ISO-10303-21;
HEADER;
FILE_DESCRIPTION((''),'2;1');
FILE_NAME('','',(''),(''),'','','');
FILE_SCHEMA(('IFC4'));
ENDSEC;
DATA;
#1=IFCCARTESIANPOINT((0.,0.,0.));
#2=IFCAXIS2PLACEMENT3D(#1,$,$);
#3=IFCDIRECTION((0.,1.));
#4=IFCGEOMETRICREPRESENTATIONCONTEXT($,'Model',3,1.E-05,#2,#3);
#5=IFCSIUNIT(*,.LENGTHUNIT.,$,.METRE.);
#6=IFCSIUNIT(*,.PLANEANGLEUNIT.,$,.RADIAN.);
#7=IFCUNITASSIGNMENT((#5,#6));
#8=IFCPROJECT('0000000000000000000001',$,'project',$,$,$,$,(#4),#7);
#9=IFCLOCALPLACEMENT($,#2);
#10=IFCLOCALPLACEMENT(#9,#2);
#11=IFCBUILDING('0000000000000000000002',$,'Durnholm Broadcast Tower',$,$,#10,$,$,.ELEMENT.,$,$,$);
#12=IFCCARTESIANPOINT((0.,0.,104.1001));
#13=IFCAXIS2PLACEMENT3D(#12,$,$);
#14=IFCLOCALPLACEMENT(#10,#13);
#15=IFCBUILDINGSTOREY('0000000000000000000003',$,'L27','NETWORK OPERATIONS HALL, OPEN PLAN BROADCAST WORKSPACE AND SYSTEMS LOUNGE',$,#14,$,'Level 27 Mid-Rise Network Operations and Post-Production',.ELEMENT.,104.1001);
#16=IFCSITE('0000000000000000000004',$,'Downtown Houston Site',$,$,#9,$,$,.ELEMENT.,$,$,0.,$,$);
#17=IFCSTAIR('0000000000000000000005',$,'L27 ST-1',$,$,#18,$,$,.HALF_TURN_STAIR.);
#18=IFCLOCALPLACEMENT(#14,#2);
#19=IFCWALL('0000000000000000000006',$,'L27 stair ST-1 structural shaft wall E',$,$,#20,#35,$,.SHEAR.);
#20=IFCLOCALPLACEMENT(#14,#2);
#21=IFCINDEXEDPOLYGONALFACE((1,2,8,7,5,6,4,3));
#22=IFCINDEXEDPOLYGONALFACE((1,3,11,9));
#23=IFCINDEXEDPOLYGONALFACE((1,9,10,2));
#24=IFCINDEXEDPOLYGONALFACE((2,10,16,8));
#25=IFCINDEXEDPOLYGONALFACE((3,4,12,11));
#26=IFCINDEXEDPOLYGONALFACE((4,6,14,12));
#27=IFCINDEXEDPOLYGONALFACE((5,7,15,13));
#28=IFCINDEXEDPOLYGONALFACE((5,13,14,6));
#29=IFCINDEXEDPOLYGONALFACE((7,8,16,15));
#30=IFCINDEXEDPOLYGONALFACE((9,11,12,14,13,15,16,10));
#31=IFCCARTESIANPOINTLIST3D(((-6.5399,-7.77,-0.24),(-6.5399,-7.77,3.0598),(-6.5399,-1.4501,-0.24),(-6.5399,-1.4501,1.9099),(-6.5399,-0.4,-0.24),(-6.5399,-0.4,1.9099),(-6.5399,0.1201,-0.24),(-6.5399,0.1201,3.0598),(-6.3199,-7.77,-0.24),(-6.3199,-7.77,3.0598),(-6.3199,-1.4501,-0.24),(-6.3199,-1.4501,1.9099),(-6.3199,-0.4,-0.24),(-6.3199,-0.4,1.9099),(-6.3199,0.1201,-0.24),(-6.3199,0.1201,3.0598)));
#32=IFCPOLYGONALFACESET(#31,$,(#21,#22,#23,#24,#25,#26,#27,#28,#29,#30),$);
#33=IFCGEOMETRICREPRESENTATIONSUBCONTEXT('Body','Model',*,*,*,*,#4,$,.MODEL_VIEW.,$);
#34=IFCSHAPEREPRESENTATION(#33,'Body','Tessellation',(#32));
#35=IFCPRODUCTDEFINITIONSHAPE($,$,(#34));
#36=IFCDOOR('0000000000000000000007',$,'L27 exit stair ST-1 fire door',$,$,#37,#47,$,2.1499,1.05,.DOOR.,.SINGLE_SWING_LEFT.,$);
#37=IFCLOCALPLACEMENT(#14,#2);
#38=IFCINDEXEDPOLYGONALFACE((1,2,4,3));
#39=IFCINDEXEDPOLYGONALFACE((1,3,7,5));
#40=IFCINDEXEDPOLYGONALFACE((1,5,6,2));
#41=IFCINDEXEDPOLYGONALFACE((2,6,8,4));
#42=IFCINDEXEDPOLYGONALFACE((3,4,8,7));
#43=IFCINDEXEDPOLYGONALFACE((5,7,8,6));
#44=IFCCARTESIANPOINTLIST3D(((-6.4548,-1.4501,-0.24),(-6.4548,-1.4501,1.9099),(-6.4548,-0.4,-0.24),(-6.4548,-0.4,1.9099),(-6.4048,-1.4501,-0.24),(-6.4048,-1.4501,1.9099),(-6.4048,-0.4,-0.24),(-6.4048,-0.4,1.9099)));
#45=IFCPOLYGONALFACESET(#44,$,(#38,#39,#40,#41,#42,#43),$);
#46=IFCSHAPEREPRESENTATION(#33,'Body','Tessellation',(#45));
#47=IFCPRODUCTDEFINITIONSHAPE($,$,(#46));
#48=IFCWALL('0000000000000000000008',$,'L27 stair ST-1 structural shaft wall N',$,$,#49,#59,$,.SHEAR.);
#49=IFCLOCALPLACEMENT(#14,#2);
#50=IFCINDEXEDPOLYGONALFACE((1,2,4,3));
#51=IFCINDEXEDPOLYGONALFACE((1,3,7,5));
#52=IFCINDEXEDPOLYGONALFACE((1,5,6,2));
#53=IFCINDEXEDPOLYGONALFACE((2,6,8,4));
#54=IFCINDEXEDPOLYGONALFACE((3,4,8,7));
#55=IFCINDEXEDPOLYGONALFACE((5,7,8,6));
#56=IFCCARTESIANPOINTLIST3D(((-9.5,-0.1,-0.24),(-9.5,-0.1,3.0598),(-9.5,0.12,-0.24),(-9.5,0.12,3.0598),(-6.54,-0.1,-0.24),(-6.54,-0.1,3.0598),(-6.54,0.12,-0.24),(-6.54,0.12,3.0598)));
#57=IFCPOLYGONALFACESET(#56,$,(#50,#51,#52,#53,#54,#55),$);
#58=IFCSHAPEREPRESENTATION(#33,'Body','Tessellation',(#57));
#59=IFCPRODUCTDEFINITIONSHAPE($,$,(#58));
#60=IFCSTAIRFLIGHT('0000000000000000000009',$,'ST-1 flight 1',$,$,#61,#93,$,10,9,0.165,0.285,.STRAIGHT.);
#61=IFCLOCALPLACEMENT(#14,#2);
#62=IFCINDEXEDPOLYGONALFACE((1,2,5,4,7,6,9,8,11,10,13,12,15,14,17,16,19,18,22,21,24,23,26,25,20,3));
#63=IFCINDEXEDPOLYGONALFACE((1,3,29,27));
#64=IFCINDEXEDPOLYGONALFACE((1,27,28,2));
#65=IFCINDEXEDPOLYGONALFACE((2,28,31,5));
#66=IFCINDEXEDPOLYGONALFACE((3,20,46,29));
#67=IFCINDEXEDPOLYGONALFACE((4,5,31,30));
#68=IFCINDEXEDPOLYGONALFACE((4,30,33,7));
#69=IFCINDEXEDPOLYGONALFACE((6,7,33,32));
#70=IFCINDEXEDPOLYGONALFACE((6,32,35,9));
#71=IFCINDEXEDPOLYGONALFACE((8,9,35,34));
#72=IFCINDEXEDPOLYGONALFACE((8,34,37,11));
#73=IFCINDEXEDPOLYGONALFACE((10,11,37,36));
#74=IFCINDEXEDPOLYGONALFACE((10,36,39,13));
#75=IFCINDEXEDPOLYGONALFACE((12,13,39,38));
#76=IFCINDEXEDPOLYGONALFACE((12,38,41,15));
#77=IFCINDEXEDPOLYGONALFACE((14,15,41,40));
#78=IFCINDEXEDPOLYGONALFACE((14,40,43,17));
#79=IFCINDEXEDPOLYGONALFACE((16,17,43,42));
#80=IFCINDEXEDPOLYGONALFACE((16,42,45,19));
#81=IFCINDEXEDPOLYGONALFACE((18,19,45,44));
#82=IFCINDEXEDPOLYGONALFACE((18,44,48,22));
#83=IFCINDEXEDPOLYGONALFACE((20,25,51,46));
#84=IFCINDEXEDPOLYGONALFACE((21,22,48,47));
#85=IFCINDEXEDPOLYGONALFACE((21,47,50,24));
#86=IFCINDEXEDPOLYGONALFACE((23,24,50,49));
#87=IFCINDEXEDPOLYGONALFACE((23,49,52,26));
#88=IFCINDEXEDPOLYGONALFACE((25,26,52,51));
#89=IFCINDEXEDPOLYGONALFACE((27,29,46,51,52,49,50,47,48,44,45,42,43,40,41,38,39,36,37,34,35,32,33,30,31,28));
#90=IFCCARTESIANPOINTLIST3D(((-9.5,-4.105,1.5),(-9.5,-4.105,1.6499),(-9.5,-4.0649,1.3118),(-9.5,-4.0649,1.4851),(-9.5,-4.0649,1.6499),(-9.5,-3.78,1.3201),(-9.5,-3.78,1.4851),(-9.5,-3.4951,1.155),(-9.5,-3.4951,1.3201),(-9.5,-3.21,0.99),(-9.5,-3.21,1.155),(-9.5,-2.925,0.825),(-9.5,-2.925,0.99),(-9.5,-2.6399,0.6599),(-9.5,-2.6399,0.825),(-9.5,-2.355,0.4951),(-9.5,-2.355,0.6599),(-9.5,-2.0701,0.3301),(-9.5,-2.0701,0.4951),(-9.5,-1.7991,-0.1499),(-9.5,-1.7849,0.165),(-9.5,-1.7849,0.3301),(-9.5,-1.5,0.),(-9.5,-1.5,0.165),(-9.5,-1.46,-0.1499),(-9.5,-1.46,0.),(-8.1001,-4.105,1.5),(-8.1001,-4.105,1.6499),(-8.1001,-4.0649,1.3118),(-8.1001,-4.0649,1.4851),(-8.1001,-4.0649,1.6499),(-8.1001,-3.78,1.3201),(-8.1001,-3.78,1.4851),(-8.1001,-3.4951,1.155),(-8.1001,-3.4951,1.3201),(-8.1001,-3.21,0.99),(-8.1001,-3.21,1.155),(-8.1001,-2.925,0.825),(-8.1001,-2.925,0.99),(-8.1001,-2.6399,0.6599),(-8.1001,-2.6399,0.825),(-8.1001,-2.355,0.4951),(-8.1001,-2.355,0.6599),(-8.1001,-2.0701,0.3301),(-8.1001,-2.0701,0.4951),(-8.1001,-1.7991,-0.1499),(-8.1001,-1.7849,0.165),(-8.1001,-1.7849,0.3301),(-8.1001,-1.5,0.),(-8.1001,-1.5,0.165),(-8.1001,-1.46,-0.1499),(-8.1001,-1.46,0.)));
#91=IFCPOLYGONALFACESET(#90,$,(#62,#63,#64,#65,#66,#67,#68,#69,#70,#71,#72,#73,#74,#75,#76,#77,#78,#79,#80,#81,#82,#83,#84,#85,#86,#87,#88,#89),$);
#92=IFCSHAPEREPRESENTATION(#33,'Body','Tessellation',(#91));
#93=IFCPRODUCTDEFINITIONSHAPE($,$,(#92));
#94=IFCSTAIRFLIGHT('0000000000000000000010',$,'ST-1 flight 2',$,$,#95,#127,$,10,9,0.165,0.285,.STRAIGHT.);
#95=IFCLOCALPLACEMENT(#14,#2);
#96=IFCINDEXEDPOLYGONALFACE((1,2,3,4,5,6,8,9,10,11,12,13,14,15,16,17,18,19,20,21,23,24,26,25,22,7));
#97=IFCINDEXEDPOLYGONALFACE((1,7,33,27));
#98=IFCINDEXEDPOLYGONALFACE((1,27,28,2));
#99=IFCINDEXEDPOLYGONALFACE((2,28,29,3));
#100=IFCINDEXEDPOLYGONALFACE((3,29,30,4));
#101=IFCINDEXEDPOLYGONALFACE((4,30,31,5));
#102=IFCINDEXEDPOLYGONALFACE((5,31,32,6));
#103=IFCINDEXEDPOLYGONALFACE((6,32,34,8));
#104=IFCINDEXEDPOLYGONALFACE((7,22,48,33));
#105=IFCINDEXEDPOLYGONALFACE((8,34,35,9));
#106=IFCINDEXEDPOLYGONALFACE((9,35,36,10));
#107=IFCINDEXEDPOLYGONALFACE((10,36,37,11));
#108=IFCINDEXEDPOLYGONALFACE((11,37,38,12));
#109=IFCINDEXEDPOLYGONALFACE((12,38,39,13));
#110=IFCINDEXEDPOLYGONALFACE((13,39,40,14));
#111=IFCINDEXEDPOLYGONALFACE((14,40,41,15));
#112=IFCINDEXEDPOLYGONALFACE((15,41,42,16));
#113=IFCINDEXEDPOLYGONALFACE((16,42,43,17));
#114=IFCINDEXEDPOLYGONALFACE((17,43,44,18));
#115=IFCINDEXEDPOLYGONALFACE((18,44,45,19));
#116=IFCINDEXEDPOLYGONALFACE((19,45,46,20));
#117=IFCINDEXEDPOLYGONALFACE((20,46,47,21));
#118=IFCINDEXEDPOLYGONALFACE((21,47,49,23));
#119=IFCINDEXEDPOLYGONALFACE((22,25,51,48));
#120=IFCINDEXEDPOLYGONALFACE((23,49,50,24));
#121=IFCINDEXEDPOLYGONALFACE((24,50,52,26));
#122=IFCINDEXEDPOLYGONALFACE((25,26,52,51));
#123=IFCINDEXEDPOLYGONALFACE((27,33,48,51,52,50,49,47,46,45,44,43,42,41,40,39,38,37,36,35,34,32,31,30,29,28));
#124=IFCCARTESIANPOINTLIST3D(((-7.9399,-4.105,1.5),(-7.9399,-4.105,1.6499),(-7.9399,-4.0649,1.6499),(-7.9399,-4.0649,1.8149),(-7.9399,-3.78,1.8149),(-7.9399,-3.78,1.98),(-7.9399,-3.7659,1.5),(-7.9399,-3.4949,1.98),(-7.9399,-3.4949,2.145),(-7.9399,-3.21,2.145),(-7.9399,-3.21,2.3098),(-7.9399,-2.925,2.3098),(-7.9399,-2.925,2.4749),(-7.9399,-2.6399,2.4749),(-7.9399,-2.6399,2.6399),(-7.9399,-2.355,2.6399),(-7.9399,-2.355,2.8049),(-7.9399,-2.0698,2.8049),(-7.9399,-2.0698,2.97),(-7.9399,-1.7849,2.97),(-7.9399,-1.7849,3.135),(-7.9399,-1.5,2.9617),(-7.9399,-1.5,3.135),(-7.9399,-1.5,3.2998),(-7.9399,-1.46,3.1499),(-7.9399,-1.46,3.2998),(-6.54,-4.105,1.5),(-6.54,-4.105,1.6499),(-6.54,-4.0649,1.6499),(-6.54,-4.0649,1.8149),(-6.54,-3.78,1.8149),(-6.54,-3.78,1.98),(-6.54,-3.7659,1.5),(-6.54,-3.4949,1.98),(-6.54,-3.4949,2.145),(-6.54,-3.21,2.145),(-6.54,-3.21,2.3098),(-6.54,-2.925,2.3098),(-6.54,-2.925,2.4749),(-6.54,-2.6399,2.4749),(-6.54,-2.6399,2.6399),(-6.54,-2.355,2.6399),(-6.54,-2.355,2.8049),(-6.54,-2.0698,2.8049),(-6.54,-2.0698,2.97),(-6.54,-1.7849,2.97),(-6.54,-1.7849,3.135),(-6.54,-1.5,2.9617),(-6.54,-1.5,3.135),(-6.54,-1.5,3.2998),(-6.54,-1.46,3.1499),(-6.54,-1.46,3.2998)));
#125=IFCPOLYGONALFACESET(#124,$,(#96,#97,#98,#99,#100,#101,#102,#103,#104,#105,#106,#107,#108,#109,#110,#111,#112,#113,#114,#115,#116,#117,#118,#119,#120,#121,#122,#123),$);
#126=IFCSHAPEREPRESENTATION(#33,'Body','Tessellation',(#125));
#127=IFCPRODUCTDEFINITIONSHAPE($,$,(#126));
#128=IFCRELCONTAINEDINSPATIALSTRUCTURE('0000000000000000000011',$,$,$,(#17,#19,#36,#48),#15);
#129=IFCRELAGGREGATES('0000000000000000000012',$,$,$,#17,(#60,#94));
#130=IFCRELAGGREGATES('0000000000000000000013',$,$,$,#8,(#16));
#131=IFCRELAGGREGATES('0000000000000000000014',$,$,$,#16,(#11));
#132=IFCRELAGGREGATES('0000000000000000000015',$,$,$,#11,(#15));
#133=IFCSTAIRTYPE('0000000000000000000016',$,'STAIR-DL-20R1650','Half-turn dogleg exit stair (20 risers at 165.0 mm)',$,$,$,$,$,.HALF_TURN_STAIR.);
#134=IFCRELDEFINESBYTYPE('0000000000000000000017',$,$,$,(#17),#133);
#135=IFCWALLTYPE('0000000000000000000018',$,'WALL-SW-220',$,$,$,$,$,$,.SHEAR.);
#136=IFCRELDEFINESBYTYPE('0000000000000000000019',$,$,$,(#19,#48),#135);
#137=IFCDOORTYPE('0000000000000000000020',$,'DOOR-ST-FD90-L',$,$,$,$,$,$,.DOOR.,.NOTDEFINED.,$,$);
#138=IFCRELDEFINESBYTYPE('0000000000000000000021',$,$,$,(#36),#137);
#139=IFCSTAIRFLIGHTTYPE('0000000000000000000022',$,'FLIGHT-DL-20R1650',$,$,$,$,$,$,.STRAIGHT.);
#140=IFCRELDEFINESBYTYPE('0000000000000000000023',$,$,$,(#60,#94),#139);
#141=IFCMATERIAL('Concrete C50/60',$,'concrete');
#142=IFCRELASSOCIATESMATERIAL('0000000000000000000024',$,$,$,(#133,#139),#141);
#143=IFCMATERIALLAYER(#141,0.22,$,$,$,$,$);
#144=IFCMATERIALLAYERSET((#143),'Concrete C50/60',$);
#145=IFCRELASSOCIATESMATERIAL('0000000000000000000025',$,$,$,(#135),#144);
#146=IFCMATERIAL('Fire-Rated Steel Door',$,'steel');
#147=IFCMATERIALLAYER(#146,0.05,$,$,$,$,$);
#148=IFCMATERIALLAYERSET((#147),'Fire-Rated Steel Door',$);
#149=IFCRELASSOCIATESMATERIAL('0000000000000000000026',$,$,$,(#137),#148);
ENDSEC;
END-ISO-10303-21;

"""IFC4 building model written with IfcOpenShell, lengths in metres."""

from ifc_helpers import new_model, si_unit, direction, frame, frame_2d, origin, place, context, subcontext, project, spatial, polyline, rectangle, outline, extrude, source, transform, mapped, material, layer, layer_set, type_object, type_shapes, element, fill, aggregate, save


model = new_model("IFC4")

# Units and contexts
model_context = context("Model", 3, precision=1e-05, world=origin(), true_north=direction((0.0, 1.0)))
body_context = subcontext(model_context, "Body", "Model", "MODEL_VIEW")
ifc_project = project(units=[si_unit("LENGTHUNIT", "METRE"), si_unit("PLANEANGLEUNIT", "RADIAN")], contexts=[model_context])

# Site, building, storey
site_placement = place(None, origin())
site = spatial("IfcSite", under=ifc_project, at=site_placement, Name="Downtown Houston Site", CompositionType="ELEMENT", RefElevation=0.0)
building_placement = place(site_placement, origin())
building = spatial("IfcBuilding", under=site, at=building_placement, Name="Durnholm Broadcast Tower", CompositionType="ELEMENT")
storey_placement = place(building_placement, frame((0.0, 0.0, 104.1001)))
storey = spatial("IfcBuildingStorey", under=building, at=storey_placement, Name="L27", Description="NETWORK OPERATIONS HALL, OPEN PLAN BROADCAST WORKSPACE AND SYSTEMS LOUNGE", LongName="Level 27 Mid-Rise Network Operations and Post-Production", CompositionType="ELEMENT", Elevation=104.1001)

# Shared definitions
ifc_material_1 = material(Name="Concrete C50/60", Category="concrete")

# Stair
stair_type = type_object("IfcStairType", Name="STAIR-DL-20R1650", Description="Half-turn dogleg exit stair (20 risers at 165.0 mm)", PredefinedType="HALF_TURN_STAIR", material=ifc_material_1)
stair_1_placement = place(storey_placement, origin())
stair_1 = element("IfcStair", 1, at=stair_1_placement, inside=storey, type_object=stair_type, Name="L27 ST-1", PredefinedType="HALF_TURN_STAIR")

# Wall, opening, door
ifc_layer_1 = layer(ifc_material_1, 0.22)
ifc_layer_set_1 = layer_set([ifc_layer_1], Name="Concrete C50/60")
wall_type_1 = type_object("IfcWallType", Name="WALL-SW-220", PredefinedType="SHEAR", material=ifc_layer_set_1)
wall_1_placement = place(storey_placement, frame((-6.4299, -7.77, -0.24), z_axis=(0.0, 0.0, 1.0), x_axis=(0.0, 1.0, 0.0)))
wall_1 = element("IfcWall", 2, at=wall_1_placement, inside=storey, type_object=wall_type_1, Name="L27 stair ST-1 structural shaft wall E", PredefinedType="SHEAR", context=body_context, shape_type="SweptSolid", body=[
    extrude(rectangle(XDim=7.8901, YDim=0.22, at=frame_2d((3.9451, 0.0))), origin(), (0.0, 0.0, 1.0), 3.2998),
])
opening_1_placement = place(wall_1_placement, frame((6.3201, 0.0, 0.0)))
opening_1 = element("IfcOpeningElement", 3, at=opening_1_placement, cuts=wall_1, PredefinedType="OPENING", context=body_context, shape_type="SweptSolid", body=[
    extrude(rectangle(XDim=1.05, YDim=2.1499, at=frame_2d((0.5249, 1.075))), frame((0.0, 0.1201, 0.0), z_axis=(0.0, -1.0, 0.0), x_axis=(1.0, 0.0, 0.0)), (0.0, 0.0, 1.0), 0.24),
])
ifc_material_2 = material(Name="Fire-Rated Steel Door", Category="steel")
ifc_layer_2 = layer(ifc_material_2, 0.05)
ifc_layer_set_2 = layer_set([ifc_layer_2], Name="Fire-Rated Steel Door")
door_type_1 = type_object("IfcDoorType", Name="DOOR-ST-FD90-L", OperationType="NOTDEFINED", PredefinedType="DOOR", material=ifc_layer_set_2)
shared_shape_1 = source(origin(), body_context, "Body", "SweptSolid", [
    extrude(rectangle(XDim=1.05, YDim=2.1499, at=frame_2d((0.5249, 1.075))), frame((0.0, 0.0249, 0.0), z_axis=(0.0, -1.0, 0.0), x_axis=(1.0, 0.0, 0.0)), (0.0, 0.0, 1.0), 0.05),
])
type_shapes(door_type_1, [shared_shape_1])
door_1_placement = place(opening_1_placement, origin())
door_1 = element("IfcDoor", 4, at=door_1_placement, inside=storey, type_object=door_type_1, Name="L27 exit stair ST-1 fire door", OperationType="SINGLE_SWING_LEFT", OverallHeight=2.1499, OverallWidth=1.05, PredefinedType="DOOR", context=body_context, shape_type="MappedRepresentation", body=[
    mapped(shared_shape_1, transform((0.0, 0.0, 0.0), x_axis=(1.0, 0.0, 0.0), y_axis=(0.0, 1.0, 0.0), z_axis=(0.0, 0.0, 1.0), scale=1.0)),
])
fill(opening_1, door_1)

# Wall
wall_2_placement = place(storey_placement, frame((-6.54, 0.01, -0.24), z_axis=(0.0, 0.0, 1.0), x_axis=(-1.0, 0.0, 0.0)))
element("IfcWall", 5, at=wall_2_placement, inside=storey, type_object=wall_type_1, Name="L27 stair ST-1 structural shaft wall N", PredefinedType="SHEAR", context=body_context, shape_type="SweptSolid", body=[
    extrude(rectangle(XDim=2.96, YDim=0.22, at=frame_2d((1.48, 0.0))), origin(), (0.0, 0.0, 1.0), 3.2998),
])

# Stair flights
stair_flight_type = type_object("IfcStairFlightType", Name="FLIGHT-DL-20R1650", PredefinedType="STRAIGHT", material=ifc_material_1)
stair_flight_1_placement = place(storey_placement, frame((-8.8, -1.5, 0.0), z_axis=(0.0, 0.0, 1.0), x_axis=(0.0, -1.0, 0.0)))
stair_flight_1 = element("IfcStairFlight", 6, at=stair_flight_1_placement, type_object=stair_flight_type, Name="ST-1 flight 1", NumberOfRisers=10, NumberOfTreads=9, PredefinedType="STRAIGHT", RiserHeight=0.165, TreadLength=0.285, context=body_context, shape_type="SweptSolid", body=[
    extrude(outline(polyline([(-0.04, -0.1499), (-0.04, 0.0), (0.0, 0.0), (0.0, 0.165), (0.2849, 0.165), (0.2849, 0.3301), (0.5701, 0.3301), (0.5701, 0.4951), (0.855, 0.4951), (0.855, 0.6599), (1.1399, 0.6599), (1.1399, 0.825), (1.425, 0.825), (1.425, 0.99), (1.71, 0.99), (1.71, 1.155), (1.9951, 1.155), (1.9951, 1.3201), (2.28, 1.3201), (2.28, 1.4851), (2.5649, 1.4851), (2.5649, 1.6499), (2.605, 1.6499), (2.605, 1.5), (2.5649, 1.3118), (0.2991, -0.1499), (-0.04, -0.1499)])), frame((0.0, 0.7, 0.0), z_axis=(0.0, -1.0, 0.0), x_axis=(1.0, 0.0, 0.0)), (0.0, 0.0, 1.0), 1.3999),
])
stair_flight_2_placement = place(storey_placement, frame((-7.24, -4.0649, 1.6499), z_axis=(0.0, 0.0, 1.0), x_axis=(0.0, 1.0, 0.0)))
stair_flight_2 = element("IfcStairFlight", 7, at=stair_flight_2_placement, type_object=stair_flight_type, Name="ST-1 flight 2", NumberOfRisers=10, NumberOfTreads=9, PredefinedType="STRAIGHT", RiserHeight=0.165, TreadLength=0.285, context=body_context, shape_type="SweptSolid", body=[
    extrude(outline(polyline([(-0.04, -0.1499), (-0.04, 0.0), (0.0, 0.0), (0.0, 0.165), (0.2849, 0.165), (0.2849, 0.3301), (0.5701, 0.3301), (0.5701, 0.4951), (0.855, 0.4951), (0.855, 0.6599), (1.1399, 0.6599), (1.1399, 0.825), (1.425, 0.825), (1.425, 0.99), (1.71, 0.99), (1.71, 1.155), (1.9951, 1.155), (1.9951, 1.3201), (2.28, 1.3201), (2.28, 1.4851), (2.5649, 1.4851), (2.5649, 1.6499), (2.605, 1.6499), (2.605, 1.5), (2.5649, 1.3118), (0.2991, -0.1499), (-0.04, -0.1499)])), frame((0.0, 0.7, 0.0), z_axis=(0.0, -1.0, 0.0), x_axis=(1.0, 0.0, 0.0)), (0.0, 0.0, 1.0), 1.3999),
])
aggregate(stair_1, [stair_flight_1, stair_flight_2])

save(model, "model.ifc")
